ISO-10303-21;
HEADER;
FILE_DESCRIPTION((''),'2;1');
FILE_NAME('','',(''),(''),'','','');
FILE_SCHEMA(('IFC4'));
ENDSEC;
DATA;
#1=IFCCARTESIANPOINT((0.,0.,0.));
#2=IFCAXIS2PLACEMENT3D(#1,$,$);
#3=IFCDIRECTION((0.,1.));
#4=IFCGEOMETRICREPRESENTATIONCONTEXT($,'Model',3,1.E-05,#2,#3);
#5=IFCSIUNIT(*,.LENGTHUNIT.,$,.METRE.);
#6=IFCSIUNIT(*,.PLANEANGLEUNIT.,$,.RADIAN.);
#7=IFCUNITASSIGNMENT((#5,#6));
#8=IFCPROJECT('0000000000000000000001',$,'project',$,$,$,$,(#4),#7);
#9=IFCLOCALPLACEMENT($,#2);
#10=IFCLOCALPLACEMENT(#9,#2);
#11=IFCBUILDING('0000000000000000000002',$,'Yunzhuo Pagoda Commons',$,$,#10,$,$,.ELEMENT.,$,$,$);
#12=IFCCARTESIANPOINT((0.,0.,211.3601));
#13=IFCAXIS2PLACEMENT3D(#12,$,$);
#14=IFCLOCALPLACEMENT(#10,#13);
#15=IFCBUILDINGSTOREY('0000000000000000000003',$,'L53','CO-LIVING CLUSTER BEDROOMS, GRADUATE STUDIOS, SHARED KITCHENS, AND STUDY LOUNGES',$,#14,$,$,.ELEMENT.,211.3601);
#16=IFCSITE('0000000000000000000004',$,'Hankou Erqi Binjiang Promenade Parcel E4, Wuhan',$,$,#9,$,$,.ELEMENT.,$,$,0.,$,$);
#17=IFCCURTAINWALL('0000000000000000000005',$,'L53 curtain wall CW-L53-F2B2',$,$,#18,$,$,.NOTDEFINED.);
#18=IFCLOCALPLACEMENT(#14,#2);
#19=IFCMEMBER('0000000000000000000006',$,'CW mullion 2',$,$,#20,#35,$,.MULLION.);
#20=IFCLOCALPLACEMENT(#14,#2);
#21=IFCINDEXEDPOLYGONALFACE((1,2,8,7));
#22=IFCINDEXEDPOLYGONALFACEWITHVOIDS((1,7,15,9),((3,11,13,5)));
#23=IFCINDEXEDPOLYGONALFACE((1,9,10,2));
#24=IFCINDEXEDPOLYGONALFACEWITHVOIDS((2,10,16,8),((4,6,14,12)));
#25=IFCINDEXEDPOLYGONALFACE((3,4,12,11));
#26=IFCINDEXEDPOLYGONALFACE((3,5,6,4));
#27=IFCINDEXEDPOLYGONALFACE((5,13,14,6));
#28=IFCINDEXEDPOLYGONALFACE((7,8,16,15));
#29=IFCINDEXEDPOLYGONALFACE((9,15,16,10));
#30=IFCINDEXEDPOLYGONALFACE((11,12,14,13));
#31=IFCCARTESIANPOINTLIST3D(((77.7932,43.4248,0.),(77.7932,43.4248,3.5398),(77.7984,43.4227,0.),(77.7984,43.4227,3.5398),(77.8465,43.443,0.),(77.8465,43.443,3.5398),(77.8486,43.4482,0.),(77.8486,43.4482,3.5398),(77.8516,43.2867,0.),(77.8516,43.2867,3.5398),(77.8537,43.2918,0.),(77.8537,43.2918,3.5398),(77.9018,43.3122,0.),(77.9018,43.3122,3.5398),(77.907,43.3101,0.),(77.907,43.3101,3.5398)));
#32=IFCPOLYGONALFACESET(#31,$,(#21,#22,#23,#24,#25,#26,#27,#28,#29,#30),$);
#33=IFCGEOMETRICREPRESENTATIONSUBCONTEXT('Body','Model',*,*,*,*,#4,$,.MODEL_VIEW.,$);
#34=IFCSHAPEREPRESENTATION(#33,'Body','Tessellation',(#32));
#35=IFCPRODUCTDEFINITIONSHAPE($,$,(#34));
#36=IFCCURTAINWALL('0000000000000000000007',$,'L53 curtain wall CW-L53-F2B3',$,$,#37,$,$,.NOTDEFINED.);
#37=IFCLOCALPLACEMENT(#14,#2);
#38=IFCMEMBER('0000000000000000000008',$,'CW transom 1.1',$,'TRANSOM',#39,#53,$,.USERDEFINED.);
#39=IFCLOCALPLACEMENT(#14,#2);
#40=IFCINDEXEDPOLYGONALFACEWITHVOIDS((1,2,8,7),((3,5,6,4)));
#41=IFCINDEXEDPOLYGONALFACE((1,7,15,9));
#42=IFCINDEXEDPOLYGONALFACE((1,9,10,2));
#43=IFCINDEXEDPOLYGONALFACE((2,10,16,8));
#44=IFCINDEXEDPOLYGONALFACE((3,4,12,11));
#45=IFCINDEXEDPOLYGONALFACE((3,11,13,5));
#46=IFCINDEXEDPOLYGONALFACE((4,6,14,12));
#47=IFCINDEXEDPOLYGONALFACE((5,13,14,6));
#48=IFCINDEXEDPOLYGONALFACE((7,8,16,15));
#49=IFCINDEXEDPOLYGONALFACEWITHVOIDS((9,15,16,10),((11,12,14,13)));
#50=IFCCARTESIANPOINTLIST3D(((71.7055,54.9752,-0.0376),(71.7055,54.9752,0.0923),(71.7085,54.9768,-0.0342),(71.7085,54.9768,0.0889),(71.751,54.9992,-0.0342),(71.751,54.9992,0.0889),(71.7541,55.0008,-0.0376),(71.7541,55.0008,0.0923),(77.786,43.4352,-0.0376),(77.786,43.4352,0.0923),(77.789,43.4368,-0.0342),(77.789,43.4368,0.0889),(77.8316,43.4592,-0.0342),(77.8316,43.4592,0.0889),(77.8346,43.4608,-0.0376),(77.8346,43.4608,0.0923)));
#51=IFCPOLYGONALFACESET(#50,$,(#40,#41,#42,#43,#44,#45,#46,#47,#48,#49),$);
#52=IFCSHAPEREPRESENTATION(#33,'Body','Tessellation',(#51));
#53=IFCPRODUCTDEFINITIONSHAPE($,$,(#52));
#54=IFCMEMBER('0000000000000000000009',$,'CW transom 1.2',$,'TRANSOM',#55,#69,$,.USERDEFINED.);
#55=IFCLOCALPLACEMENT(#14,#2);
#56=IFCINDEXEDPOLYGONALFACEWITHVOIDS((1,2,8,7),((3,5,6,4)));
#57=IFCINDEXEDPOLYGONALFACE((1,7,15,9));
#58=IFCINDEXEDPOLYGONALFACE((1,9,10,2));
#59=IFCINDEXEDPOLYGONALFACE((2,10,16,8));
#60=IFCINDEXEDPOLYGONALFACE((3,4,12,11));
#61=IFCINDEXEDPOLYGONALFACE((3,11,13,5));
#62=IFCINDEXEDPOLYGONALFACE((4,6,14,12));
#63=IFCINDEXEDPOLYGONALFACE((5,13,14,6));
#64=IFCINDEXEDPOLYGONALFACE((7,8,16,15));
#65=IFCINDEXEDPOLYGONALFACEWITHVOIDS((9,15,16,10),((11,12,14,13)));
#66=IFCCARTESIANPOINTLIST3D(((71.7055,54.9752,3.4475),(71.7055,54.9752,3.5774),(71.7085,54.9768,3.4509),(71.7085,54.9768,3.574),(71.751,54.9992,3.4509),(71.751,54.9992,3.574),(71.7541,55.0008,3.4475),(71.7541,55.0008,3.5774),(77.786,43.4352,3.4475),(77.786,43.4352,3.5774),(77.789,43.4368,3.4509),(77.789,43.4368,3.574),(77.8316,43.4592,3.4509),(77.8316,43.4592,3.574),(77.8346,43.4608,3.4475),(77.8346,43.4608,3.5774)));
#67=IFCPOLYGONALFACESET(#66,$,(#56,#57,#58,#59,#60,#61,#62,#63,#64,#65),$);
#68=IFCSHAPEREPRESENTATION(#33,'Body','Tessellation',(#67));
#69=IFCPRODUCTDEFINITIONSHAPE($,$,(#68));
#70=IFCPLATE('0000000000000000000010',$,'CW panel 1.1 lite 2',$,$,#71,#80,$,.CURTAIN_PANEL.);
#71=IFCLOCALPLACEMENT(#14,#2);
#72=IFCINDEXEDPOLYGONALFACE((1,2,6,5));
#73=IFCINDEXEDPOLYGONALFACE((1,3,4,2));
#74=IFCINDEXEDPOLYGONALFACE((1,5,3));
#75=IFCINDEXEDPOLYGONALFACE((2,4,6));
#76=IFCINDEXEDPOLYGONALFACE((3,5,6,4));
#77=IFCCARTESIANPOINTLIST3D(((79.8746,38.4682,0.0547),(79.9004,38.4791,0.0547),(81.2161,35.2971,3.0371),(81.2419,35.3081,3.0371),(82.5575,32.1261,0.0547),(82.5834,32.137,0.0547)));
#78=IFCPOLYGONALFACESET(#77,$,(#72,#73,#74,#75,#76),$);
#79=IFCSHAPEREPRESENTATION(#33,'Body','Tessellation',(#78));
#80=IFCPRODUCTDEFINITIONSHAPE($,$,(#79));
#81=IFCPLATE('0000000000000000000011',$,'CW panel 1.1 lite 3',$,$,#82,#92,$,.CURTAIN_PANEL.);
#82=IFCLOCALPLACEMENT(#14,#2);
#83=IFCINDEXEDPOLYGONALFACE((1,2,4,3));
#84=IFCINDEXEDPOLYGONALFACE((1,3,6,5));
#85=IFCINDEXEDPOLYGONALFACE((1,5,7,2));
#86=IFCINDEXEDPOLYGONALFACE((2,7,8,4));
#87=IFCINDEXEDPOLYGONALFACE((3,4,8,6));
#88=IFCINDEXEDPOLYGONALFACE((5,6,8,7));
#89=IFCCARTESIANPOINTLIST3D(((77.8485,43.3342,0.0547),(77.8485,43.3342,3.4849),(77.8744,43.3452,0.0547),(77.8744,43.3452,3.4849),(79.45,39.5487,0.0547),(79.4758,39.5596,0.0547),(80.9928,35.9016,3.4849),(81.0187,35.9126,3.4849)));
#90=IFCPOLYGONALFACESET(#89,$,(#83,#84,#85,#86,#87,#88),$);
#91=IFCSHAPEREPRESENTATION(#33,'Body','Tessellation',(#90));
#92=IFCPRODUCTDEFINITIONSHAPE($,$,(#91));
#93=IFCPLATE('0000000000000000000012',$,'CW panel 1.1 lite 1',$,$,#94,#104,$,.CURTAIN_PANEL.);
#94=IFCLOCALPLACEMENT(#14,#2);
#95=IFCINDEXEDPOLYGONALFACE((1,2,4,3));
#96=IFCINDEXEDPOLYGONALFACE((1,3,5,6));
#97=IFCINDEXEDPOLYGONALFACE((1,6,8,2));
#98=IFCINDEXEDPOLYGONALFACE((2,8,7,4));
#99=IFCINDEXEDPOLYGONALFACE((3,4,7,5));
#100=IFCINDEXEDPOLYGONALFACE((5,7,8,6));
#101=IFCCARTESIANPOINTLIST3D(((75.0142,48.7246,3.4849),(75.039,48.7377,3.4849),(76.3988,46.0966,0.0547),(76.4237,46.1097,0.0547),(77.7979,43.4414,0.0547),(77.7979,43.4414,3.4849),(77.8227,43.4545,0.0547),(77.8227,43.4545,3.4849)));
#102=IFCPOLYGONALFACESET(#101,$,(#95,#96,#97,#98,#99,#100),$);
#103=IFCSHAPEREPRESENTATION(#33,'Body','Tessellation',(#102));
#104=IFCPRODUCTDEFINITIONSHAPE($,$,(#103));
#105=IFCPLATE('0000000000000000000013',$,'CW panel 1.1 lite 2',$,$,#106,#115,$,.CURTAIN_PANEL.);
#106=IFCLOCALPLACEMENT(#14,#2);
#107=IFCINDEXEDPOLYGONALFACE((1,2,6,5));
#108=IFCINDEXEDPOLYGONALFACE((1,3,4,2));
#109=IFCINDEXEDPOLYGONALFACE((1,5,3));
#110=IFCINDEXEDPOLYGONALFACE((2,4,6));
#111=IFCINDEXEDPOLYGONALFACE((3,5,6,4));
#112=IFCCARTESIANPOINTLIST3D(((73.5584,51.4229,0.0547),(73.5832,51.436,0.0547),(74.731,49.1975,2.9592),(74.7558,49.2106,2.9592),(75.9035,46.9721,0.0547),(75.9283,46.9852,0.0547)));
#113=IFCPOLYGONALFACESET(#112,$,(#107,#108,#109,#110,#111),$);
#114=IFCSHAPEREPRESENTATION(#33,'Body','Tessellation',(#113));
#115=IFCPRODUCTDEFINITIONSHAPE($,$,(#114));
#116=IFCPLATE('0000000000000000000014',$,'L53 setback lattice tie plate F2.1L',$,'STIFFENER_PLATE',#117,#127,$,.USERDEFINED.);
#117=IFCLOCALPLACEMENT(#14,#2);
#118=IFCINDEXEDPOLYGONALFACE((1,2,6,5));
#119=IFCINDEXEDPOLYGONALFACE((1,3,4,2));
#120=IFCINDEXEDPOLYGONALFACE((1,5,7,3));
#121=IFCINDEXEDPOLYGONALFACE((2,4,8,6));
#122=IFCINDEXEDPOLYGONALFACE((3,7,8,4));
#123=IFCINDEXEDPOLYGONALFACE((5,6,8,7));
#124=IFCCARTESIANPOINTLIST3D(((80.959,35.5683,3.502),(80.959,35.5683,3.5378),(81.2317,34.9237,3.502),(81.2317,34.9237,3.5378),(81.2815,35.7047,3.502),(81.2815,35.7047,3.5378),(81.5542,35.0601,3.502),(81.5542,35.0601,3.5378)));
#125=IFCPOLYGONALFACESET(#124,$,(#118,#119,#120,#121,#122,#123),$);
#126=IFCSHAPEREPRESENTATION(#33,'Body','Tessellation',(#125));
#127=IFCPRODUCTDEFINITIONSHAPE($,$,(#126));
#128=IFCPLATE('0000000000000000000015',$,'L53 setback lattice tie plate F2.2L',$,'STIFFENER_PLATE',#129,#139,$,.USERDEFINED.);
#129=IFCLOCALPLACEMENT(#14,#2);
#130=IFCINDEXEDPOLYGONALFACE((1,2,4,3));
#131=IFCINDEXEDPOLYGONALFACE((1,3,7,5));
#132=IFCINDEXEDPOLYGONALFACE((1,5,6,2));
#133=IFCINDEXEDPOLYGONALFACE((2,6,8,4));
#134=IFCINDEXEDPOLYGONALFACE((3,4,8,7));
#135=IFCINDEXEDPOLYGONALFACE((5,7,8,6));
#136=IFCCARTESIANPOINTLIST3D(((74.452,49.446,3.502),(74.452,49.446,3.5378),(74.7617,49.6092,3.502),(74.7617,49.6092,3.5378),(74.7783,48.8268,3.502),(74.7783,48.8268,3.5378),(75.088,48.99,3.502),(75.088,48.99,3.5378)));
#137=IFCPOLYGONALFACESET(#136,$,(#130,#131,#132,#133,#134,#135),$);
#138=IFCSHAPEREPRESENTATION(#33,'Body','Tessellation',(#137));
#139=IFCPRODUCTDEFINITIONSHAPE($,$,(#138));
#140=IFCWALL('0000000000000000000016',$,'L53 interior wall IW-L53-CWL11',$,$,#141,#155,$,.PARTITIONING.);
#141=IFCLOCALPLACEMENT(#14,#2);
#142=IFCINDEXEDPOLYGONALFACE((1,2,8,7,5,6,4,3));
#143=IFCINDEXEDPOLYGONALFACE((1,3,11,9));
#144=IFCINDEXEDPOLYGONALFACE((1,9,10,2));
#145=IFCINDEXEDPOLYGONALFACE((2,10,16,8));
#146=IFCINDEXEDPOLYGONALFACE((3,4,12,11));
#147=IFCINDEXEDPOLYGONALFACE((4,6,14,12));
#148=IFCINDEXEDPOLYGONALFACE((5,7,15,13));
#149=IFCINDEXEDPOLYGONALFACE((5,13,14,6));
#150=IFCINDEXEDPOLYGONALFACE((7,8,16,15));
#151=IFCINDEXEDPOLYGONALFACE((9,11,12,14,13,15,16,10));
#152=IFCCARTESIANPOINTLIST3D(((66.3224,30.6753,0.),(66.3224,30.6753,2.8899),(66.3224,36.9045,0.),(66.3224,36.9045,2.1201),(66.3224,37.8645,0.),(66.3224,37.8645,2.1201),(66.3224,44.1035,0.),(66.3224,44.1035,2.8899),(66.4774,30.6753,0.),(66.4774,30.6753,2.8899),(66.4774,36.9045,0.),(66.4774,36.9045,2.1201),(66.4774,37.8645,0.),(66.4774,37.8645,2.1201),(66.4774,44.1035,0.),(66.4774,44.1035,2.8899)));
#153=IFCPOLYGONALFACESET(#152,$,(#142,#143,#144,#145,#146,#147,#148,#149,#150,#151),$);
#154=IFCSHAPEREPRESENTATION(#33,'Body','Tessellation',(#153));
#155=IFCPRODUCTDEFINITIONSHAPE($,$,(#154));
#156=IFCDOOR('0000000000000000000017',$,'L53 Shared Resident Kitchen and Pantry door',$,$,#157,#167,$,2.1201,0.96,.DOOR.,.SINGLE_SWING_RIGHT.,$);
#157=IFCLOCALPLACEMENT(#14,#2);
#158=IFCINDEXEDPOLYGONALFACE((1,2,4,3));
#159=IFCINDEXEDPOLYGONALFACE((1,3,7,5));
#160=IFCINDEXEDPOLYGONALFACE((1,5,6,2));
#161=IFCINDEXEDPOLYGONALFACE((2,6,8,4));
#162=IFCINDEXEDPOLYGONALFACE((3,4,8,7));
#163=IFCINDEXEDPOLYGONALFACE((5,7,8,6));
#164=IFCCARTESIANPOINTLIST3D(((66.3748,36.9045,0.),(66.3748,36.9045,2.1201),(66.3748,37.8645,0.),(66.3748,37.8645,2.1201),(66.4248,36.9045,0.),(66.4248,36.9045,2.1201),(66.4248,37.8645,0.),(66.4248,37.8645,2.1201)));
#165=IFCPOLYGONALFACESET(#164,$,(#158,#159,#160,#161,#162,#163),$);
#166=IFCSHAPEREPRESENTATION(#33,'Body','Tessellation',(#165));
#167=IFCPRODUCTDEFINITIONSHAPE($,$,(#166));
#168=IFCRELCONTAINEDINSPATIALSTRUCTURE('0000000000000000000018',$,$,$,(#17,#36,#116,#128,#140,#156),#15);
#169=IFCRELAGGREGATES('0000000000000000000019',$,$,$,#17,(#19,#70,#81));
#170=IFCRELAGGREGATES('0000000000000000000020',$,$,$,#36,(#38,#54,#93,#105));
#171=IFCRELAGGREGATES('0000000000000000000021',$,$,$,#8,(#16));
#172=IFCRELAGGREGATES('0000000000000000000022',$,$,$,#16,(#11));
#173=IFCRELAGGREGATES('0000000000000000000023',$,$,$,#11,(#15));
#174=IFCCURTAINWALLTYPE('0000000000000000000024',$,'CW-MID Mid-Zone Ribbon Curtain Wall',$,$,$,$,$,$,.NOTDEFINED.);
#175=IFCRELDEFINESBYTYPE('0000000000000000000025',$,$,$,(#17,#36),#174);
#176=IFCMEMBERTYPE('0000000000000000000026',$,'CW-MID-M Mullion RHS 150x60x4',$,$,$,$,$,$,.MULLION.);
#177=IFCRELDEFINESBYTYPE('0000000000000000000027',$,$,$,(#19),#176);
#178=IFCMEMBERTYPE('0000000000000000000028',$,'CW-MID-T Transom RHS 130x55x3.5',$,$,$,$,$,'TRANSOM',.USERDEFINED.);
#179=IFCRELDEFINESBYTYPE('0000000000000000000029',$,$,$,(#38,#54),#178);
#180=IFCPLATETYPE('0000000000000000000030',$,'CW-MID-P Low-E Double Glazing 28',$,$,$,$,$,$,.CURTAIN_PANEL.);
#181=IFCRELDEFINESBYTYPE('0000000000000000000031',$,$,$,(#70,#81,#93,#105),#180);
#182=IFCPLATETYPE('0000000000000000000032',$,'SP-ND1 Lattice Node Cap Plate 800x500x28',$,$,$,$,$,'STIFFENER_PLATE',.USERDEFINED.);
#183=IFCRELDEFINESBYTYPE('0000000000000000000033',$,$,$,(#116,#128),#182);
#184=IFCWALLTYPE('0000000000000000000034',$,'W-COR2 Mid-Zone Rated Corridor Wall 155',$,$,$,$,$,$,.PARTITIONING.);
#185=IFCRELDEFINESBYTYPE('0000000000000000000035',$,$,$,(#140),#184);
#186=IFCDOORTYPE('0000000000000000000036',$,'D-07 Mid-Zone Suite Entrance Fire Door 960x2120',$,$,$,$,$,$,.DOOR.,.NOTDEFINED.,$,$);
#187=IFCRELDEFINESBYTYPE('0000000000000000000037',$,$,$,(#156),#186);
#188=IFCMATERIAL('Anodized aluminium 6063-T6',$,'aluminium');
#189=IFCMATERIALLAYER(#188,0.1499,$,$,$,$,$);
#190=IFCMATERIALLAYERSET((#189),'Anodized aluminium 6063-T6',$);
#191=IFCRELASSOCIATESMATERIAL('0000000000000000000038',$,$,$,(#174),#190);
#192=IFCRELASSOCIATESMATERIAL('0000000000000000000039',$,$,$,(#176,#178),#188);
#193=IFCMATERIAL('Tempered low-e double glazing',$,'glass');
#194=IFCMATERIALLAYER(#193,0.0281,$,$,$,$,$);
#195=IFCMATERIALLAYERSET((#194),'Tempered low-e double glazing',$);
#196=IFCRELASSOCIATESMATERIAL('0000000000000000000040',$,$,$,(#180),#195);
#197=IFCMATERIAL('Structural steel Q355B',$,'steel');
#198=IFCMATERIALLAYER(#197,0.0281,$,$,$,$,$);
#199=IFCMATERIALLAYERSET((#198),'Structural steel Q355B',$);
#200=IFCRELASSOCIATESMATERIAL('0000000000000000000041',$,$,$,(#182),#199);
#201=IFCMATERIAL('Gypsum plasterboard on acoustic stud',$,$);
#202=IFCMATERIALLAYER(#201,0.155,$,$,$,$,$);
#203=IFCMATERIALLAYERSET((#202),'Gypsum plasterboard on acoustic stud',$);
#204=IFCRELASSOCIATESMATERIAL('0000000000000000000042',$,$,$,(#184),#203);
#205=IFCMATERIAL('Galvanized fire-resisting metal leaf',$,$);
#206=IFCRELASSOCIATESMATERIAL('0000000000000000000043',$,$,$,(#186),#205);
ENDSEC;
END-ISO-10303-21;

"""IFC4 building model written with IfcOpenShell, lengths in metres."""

from ifc_helpers import new_model, si_unit, direction, frame, frame_2d, origin, origin_with_axes, origin_2d, place, context, subcontext, project, spatial, polyline, rectangle, hollow_rectangle, outline, extrude, source, transform, mapped, material, layer, layer_set, material_profile, profile_set, type_object, element, fill, aggregate, save


model = new_model("IFC4")

# Units and contexts
model_context = context("Model", 3, precision=1e-05, world=origin(), true_north=direction((0.0, 1.0)))
body_context = subcontext(model_context, "Body", "Model", "MODEL_VIEW")
ifc_project = project(units=[si_unit("LENGTHUNIT", "METRE"), si_unit("PLANEANGLEUNIT", "RADIAN")], contexts=[model_context])

# Site, building, storey
site_placement = place(None, origin())
site = spatial("IfcSite", under=ifc_project, at=site_placement, Name="Hankou Erqi Binjiang Promenade Parcel E4, Wuhan", CompositionType="ELEMENT", RefElevation=0.0)
building_placement = place(site_placement, origin())
building = spatial("IfcBuilding", under=site, at=building_placement, Name="Yunzhuo Pagoda Commons", CompositionType="ELEMENT")
storey_placement = place(building_placement, frame((0.0, 0.0, 211.3601)))
storey = spatial("IfcBuildingStorey", under=building, at=storey_placement, Name="L53", Description="CO-LIVING CLUSTER BEDROOMS, GRADUATE STUDIOS, SHARED KITCHENS, AND STUDY LOUNGES", CompositionType="ELEMENT", Elevation=211.3601)

# Shared definitions
ifc_material_1 = material(Name="Structural steel Q355B", Category="steel")

# Curtain wall, member
ifc_material_2 = material(Name="Anodized aluminium 6063-T6", Category="aluminium")
ifc_layer_1 = layer(ifc_material_2, 0.1499)
ifc_layer_set_1 = layer_set([ifc_layer_1], Name="Anodized aluminium 6063-T6")
curtain_wall_type = type_object("IfcCurtainWallType", Name="CW-MID Mid-Zone Ribbon Curtain Wall", PredefinedType="NOTDEFINED", material=ifc_layer_set_1)
curtain_wall_1_placement = place(storey_placement, origin())
curtain_wall_1 = element("IfcCurtainWall", 1, at=curtain_wall_1_placement, inside=storey, type_object=curtain_wall_type, Name="L53 curtain wall CW-L53-F2B2", PredefinedType="NOTDEFINED")
ifc_material_profile_1 = material_profile(ifc_material_2, hollow_rectangle(XDim=0.0601, YDim=0.1499, WallThickness=0.0039, at=origin_2d()), Name="Anodized aluminium 6063-T6")
ifc_profile_set_1 = profile_set([ifc_material_profile_1], Name="Anodized aluminium 6063-T6")
member_type_1 = type_object("IfcMemberType", Name="CW-MID-M Mullion RHS 150x60x4", PredefinedType="MULLION", material=ifc_profile_set_1)
shared_shape_1 = source(origin(), body_context, "Body", "SweptSolid", [
    extrude(hollow_rectangle(XDim=0.0601, YDim=0.1499, WallThickness=0.0039, at=origin_2d()), origin(), (0.0, 0.0, 1.0), 3.5398),
])
member_1_placement = place(storey_placement, frame((77.8501, 43.3674, 0.0), z_axis=(0.0, 0.0, 1.0), x_axis=(-0.920979, -0.389612, 0.0)))
member_1 = element("IfcMember", 2, at=member_1_placement, type_object=member_type_1, Name="CW mullion 2", PredefinedType="MULLION", context=body_context, shape_type="MappedRepresentation", body=[
    mapped(shared_shape_1, transform((0.0, 0.0, 0.0), scale=1.0)),
])

# Curtain wall, members
curtain_wall_2_placement = place(storey_placement, origin())
curtain_wall_2 = element("IfcCurtainWall", 3, at=curtain_wall_2_placement, inside=storey, type_object=curtain_wall_type, Name="L53 curtain wall CW-L53-F2B3", PredefinedType="NOTDEFINED")
ifc_material_profile_2 = material_profile(ifc_material_2, hollow_rectangle(XDim=0.0549, YDim=0.1299, WallThickness=0.0034, at=origin_2d()), Name="Anodized aluminium 6063-T6")
ifc_profile_set_2 = profile_set([ifc_material_profile_2], Name="Anodized aluminium 6063-T6")
member_type_2 = type_object("IfcMemberType", Name="CW-MID-T Transom RHS 130x55x3.5", ElementType="TRANSOM", PredefinedType="USERDEFINED", material=ifc_profile_set_2)
shared_shape_2 = source(origin(), body_context, "Body", "SweptSolid", [
    extrude(hollow_rectangle(XDim=0.0549, YDim=0.1299, WallThickness=0.0034, at=origin_2d()), origin(), (0.0, 0.0, 1.0), 13.0439),
])
member_2_placement = place(storey_placement, frame((77.8103, 43.448, 0.0273), z_axis=(-0.466158, 0.884701, 0.0), x_axis=(-0.884701, -0.466158, 0.0)))
member_2 = element("IfcMember", 4, at=member_2_placement, type_object=member_type_2, Name="CW transom 1.1", ObjectType="TRANSOM", PredefinedType="USERDEFINED", context=body_context, shape_type="MappedRepresentation", body=[
    mapped(shared_shape_2, transform((0.0, 0.0, 0.0), scale=1.0)),
])
member_3_placement = place(storey_placement, frame((77.8103, 43.448, 3.5125), z_axis=(-0.466158, 0.884701, 0.0), x_axis=(-0.884701, -0.466158, 0.0)))
member_3 = element("IfcMember", 5, at=member_3_placement, type_object=member_type_2, Name="CW transom 1.2", ObjectType="TRANSOM", PredefinedType="USERDEFINED", context=body_context, shape_type="MappedRepresentation", body=[
    mapped(shared_shape_2, transform((0.0, 0.0, 0.0), scale=1.0)),
])

# Plates
ifc_material_3 = material(Name="Tempered low-e double glazing", Category="glass")
ifc_layer_2 = layer(ifc_material_3, 0.0281)
ifc_layer_set_2 = layer_set([ifc_layer_2], Name="Tempered low-e double glazing")
plate_type_1 = type_object("IfcPlateType", Name="CW-MID-P Low-E Double Glazing 28", PredefinedType="CURTAIN_PANEL", material=ifc_layer_set_2)
plate_1_placement = place(storey_placement, frame((81.2161, 35.2971, 1.5459), z_axis=(0.920979, 0.389612, 0.0), x_axis=(-0.389612, 0.920979, 0.0)))
plate_1 = element("IfcPlate", 6, at=plate_1_placement, type_object=plate_type_1, Name="CW panel 1.1 lite 2", PredefinedType="CURTAIN_PANEL", context=body_context, shape_type="SweptSolid", body=[
    extrude(outline(polyline([(-3.4431, -1.4912), (3.4431, -1.4912), (0.0, 1.4912), (-3.4431, -1.4912)])), origin(), (0.0, 0.0, 1.0), 0.0281),
])
plate_2_placement = place(storey_placement, frame((79.4207, 39.6179, 1.7698), z_axis=(0.920979, 0.389612, 0.0), x_axis=(-0.389612, 0.920979, 0.0)))
plate_2 = element("IfcPlate", 7, at=plate_2_placement, type_object=plate_type_1, Name="CW panel 1.1 lite 3", PredefinedType="CURTAIN_PANEL", context=body_context, shape_type="SweptSolid", body=[
    extrude(outline(polyline([(-4.0352, 1.7151), (-0.0752, -1.7151), (4.0352, -1.7151), (4.0352, 1.7151), (-4.0352, 1.7151)])), origin(), (0.0, 0.0, 1.0), 0.0281),
])
aggregate(curtain_wall_1, [member_1, plate_1, plate_2])
plate_3_placement = place(storey_placement, frame((76.406, 46.083, 1.7698), z_axis=(0.884705, 0.466152, 0.0), x_axis=(-0.466152, 0.884705, 0.0)))
plate_3 = element("IfcPlate", 8, at=plate_3_placement, type_object=plate_type_1, Name="CW panel 1.1 lite 1", PredefinedType="CURTAIN_PANEL", context=body_context, shape_type="SweptSolid", body=[
    extrude(outline(polyline([(-2.9858, -1.7151), (0.0154, -1.7151), (2.9858, 1.7151), (-2.9858, 1.7151), (-2.9858, -1.7151)])), origin(), (0.0, 0.0, 1.0), 0.0281),
])
plate_4_placement = place(storey_placement, frame((74.731, 49.1975, 1.5071), z_axis=(0.884705, 0.466152, 0.0), x_axis=(-0.466152, 0.884705, 0.0)))
plate_4 = element("IfcPlate", 9, at=plate_4_placement, type_object=plate_type_1, Name="CW panel 1.1 lite 2", PredefinedType="CURTAIN_PANEL", context=body_context, shape_type="SweptSolid", body=[
    extrude(outline(polyline([(-2.5154, -1.4524), (2.5154, -1.4524), (0.0, 1.4521), (-2.5154, -1.4524)])), origin(), (0.0, 0.0, 1.0), 0.0281),
])
aggregate(curtain_wall_2, [member_2, member_3, plate_3, plate_4])

# Plates
ifc_layer_3 = layer(ifc_material_1, 0.0281)
ifc_layer_set_3 = layer_set([ifc_layer_3], Name="Structural steel Q355B")
plate_type_2 = type_object("IfcPlateType", Name="SP-ND1 Lattice Node Cap Plate 800x500x28", ElementType="STIFFENER_PLATE", PredefinedType="USERDEFINED", material=ifc_layer_set_3)
shared_shape_3 = source(origin(), body_context, "Body", "SweptSolid", [
    extrude(rectangle(XDim=0.7, YDim=0.3501, at=origin_2d()), origin(), (0.0, 0.0, 1.0), 0.0359),
])
for number, where, z_axis, x_axis, name in (
    (10, (81.2566, 35.3142, 3.502), (0.0, 0.0, 1.0), (-0.389606, 0.920982, 0.0), "L53 setback lattice tie plate F2.1L"),
    (11, (74.77, 49.218, 3.502), (0.0, 0.0, 1.0), (-0.466155, 0.884703, 0.0), "L53 setback lattice tie plate F2.2L"),
):
    element("IfcPlate", number, at=place(storey_placement, frame(where, z_axis=z_axis, x_axis=x_axis)), inside=storey, type_object=plate_type_2, Name=name, ObjectType="STIFFENER_PLATE", PredefinedType="USERDEFINED", context=body_context, shape_type="MappedRepresentation", body=[
        mapped(shared_shape_3, transform((0.0, 0.0, 0.0), scale=1.0)),
    ])

# Wall, opening, door
ifc_material_4 = material(Name="Gypsum plasterboard on acoustic stud")
ifc_layer_4 = layer(ifc_material_4, 0.155)
ifc_layer_set_4 = layer_set([ifc_layer_4], Name="Gypsum plasterboard on acoustic stud")
wall_type_1 = type_object("IfcWallType", Name="W-COR2 Mid-Zone Rated Corridor Wall 155", PredefinedType="PARTITIONING", material=ifc_layer_set_4)
wall_1_placement = place(storey_placement, frame((66.3999, 44.1035, 0.0), z_axis=(0.0, 0.0, 1.0), x_axis=(0.0, -1.0, 0.0)))
wall_1 = element("IfcWall", 12, at=wall_1_placement, inside=storey, type_object=wall_type_1, Name="L53 interior wall IW-L53-CWL11", PredefinedType="PARTITIONING", context=body_context, shape_type="SweptSolid", body=[
    extrude(rectangle(XDim=13.4282, YDim=0.155, at=frame_2d((6.7141, 0.0))), origin(), (0.0, 0.0, 1.0), 2.8899),
])
opening_placement = place(wall_1_placement, frame((6.239, 0.0, 0.0)))
opening = element("IfcOpeningElement", 13, at=opening_placement, cuts=wall_1, PredefinedType="OPENING", context=body_context, shape_type="SweptSolid", body=[
    extrude(rectangle(XDim=0.96, YDim=2.1201, at=frame_2d((0.48, 1.0601))), frame((0.0, 0.0874, 0.0), z_axis=(0.0, -1.0, 0.0), x_axis=(1.0, 0.0, 0.0)), (0.0, 0.0, 1.0), 0.175),
])
ifc_material_5 = material(Name="Galvanized fire-resisting metal leaf")
door_type = type_object("IfcDoorType", Name="D-07 Mid-Zone Suite Entrance Fire Door 960x2120", OperationType="NOTDEFINED", PredefinedType="DOOR", material=ifc_material_5)
shared_shape_4 = source(origin(), body_context, "Body", "SweptSolid", [
    extrude(rectangle(XDim=0.96, YDim=2.1201, at=frame_2d((0.48, 1.0601))), frame((0.0, 0.0249, 0.0), z_axis=(0.0, -1.0, 0.0), x_axis=(1.0, 0.0, 0.0)), (0.0, 0.0, 1.0), 0.05),
])
door_placement = place(opening_placement, origin_with_axes())
door = element("IfcDoor", 14, at=door_placement, inside=storey, type_object=door_type, Name="L53 Shared Resident Kitchen and Pantry door", OperationType="SINGLE_SWING_RIGHT", OverallHeight=2.1201, OverallWidth=0.96, PredefinedType="DOOR", context=body_context, shape_type="MappedRepresentation", body=[
    mapped(shared_shape_4, transform((0.0, 0.0, 0.0), scale=1.0)),
])
fill(opening, door)

save(model, "model.ifc")
